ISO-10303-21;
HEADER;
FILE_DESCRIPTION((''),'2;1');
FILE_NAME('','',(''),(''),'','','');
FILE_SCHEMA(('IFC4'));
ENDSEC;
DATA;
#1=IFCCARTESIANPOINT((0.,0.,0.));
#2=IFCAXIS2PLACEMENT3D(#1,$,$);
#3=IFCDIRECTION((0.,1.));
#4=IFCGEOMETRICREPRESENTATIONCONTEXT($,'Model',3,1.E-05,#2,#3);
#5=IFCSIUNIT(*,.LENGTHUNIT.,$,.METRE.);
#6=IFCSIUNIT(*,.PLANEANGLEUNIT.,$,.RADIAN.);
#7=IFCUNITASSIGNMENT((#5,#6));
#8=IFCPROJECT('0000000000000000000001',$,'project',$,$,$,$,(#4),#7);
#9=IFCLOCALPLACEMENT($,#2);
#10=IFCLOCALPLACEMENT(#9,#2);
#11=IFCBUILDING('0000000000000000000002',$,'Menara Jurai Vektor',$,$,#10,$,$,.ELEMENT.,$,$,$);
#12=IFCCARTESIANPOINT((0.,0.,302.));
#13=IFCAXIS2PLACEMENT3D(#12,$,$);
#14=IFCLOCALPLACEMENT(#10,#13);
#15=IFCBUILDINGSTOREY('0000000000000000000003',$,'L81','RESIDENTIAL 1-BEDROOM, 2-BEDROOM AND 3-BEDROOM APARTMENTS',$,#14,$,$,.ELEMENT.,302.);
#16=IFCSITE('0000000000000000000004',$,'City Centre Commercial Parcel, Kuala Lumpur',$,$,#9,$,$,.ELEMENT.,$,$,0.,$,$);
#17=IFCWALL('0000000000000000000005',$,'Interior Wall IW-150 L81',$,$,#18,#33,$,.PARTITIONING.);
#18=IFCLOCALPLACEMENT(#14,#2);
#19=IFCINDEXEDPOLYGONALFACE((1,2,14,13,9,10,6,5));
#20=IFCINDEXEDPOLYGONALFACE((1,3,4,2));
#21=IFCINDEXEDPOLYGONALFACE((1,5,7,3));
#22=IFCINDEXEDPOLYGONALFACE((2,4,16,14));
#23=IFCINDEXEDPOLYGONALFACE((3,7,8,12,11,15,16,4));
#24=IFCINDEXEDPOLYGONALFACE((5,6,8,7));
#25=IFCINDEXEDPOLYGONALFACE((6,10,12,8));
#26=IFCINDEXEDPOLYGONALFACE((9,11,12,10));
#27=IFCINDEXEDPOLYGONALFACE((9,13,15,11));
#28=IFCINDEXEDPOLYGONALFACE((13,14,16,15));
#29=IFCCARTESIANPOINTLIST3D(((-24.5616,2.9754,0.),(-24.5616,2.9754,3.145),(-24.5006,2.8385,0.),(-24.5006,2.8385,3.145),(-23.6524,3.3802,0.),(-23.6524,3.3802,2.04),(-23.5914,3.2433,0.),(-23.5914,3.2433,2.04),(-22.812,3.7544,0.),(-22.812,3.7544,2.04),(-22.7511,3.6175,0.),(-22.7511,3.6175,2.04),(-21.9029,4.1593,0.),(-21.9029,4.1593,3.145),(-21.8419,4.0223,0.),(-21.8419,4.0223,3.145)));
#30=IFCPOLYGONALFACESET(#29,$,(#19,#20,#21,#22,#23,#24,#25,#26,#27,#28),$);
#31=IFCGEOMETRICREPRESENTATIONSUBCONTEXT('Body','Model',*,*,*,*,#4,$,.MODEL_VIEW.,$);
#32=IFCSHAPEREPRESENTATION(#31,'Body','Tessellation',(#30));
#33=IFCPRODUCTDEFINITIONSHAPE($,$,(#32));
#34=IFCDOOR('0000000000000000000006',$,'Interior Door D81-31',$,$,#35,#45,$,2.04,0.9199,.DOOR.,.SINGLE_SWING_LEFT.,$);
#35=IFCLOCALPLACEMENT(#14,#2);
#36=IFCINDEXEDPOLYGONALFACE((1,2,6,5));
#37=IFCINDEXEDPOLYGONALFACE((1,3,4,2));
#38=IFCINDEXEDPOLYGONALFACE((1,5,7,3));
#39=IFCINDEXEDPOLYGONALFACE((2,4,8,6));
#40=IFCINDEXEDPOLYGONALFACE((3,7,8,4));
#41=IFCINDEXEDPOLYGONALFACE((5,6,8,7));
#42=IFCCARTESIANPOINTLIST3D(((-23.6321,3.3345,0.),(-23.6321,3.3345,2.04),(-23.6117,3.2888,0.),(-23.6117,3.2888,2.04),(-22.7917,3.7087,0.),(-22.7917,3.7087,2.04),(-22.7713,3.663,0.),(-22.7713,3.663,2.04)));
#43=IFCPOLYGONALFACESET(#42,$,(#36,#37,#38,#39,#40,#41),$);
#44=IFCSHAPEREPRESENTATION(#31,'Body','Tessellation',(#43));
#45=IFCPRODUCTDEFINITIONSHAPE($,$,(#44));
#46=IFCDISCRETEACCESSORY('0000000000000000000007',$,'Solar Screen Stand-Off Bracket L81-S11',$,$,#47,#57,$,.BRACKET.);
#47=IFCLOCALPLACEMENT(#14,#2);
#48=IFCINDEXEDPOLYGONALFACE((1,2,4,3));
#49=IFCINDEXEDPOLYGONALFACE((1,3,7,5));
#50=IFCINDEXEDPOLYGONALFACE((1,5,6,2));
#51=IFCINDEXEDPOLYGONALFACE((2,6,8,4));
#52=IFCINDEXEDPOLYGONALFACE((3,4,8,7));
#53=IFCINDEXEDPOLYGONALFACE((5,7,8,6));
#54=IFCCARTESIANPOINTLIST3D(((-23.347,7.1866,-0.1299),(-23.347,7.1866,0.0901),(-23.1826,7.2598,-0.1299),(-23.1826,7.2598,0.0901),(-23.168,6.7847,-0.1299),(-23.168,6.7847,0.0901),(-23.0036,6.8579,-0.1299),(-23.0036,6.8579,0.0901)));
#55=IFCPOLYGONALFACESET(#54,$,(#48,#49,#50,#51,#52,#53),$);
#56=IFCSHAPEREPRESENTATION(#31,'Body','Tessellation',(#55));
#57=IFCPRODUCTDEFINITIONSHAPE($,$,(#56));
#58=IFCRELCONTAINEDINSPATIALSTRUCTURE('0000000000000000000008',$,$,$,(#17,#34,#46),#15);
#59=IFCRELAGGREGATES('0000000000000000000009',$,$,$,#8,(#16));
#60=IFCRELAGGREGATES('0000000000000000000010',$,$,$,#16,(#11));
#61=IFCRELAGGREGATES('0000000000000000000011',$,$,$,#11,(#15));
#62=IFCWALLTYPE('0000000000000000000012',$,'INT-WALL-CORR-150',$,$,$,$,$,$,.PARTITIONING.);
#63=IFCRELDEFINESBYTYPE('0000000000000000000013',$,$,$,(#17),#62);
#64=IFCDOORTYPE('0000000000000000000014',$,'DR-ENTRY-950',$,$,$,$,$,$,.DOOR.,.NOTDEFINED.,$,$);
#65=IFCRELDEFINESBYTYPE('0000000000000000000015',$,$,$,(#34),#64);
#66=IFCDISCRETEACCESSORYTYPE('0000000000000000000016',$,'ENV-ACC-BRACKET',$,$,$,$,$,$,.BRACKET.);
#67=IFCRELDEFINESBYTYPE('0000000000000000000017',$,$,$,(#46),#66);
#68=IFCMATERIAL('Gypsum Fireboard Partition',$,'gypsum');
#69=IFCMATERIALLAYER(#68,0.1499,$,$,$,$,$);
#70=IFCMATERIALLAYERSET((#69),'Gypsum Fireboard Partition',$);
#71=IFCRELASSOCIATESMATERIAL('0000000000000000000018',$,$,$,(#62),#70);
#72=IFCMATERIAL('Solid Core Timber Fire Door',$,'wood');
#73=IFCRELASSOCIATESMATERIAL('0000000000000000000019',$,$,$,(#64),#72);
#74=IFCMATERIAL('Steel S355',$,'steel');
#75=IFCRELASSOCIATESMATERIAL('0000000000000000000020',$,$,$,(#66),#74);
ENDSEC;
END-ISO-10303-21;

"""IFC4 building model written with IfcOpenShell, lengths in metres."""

from ifc_helpers import new_model, si_unit, direction, frame, frame_2d, origin, origin_2d, place, context, subcontext, project, spatial, rectangle, extrude, material, layer, layer_set, type_object, element, fill, save


model = new_model("IFC4")

# Units and contexts
model_context = context("Model", 3, precision=1e-05, world=origin(), true_north=direction((0.0, 1.0)))
body_context = subcontext(model_context, "Body", "Model", "MODEL_VIEW")
ifc_project = project(units=[si_unit("LENGTHUNIT", "METRE"), si_unit("PLANEANGLEUNIT", "RADIAN")], contexts=[model_context])

# Site, building, storey
site_placement = place(None, origin())
site = spatial("IfcSite", under=ifc_project, at=site_placement, Name="City Centre Commercial Parcel, Kuala Lumpur", CompositionType="ELEMENT", RefElevation=0.0)
building_placement = place(site_placement, origin())
building = spatial("IfcBuilding", under=site, at=building_placement, Name="Menara Jurai Vektor", CompositionType="ELEMENT")
storey_placement = place(building_placement, frame((0.0, 0.0, 302.0)))
storey = spatial("IfcBuildingStorey", under=building, at=storey_placement, Name="L81", Description="RESIDENTIAL 1-BEDROOM, 2-BEDROOM AND 3-BEDROOM APARTMENTS", CompositionType="ELEMENT", Elevation=302.0)

# Shared definitions
ifc_material_1 = material(Name="Steel S355", Category="steel")

# Wall, opening, door
ifc_material_2 = material(Name="Gypsum Fireboard Partition", Category="gypsum")
ifc_layer_1 = layer(ifc_material_2, 0.1499)
ifc_layer_set_1 = layer_set([ifc_layer_1], Name="Gypsum Fireboard Partition")
wall_type = type_object("IfcWallType", Name="INT-WALL-CORR-150", PredefinedType="PARTITIONING", material=ifc_layer_set_1)
ifc_material_3 = material(Name="Solid Core Timber Fire Door", Category="wood")
door_type = type_object("IfcDoorType", Name="DR-ENTRY-950", OperationType="NOTDEFINED", PredefinedType="DOOR", material=ifc_material_3)
wall_1_placement = place(storey_placement, frame((-24.531, 2.907, 0.0), z_axis=(0.0, 0.0, 1.0), x_axis=(0.913531, 0.406769, 0.0)))
wall_1 = element("IfcWall", 1, at=wall_1_placement, inside=storey, type_object=wall_type, Name="Interior Wall IW-150 L81", PredefinedType="PARTITIONING", context=body_context, shape_type="SweptSolid", body=[
    extrude(rectangle(XDim=2.9104, YDim=0.1499, at=frame_2d((1.4551, 0.0))), origin(), (0.0, 0.0, 1.0), 3.145),
])
opening_1_placement = place(wall_1_placement, frame((0.9951, 0.0, 0.0)))
opening_1 = element("IfcOpeningElement", 2, at=opening_1_placement, cuts=wall_1, PredefinedType="OPENING", context=body_context, shape_type="SweptSolid", body=[
    extrude(rectangle(XDim=0.9199, YDim=2.04, at=frame_2d((0.46, 1.02))), frame((0.0, 0.085, 0.0), z_axis=(0.0, -1.0, 0.0), x_axis=(1.0, 0.0, 0.0)), (0.0, 0.0, 1.0), 0.1699),
])
door_1_placement = place(opening_1_placement, origin())
door_1 = element("IfcDoor", 3, at=door_1_placement, inside=storey, type_object=door_type, Name="Interior Door D81-31", OperationType="SINGLE_SWING_LEFT", OverallHeight=2.04, OverallWidth=0.9199, PredefinedType="DOOR", context=body_context, shape_type="SweptSolid", body=[
    extrude(rectangle(XDim=0.9199, YDim=2.04, at=frame_2d((0.46, 1.02))), frame((0.0, 0.0249, 0.0), z_axis=(0.0, -1.0, 0.0), x_axis=(1.0, 0.0, 0.0)), (0.0, 0.0, 1.0), 0.05),
])
fill(opening_1, door_1)

# Discrete accessory
discrete_accessory_type = type_object("IfcDiscreteAccessoryType", Name="ENV-ACC-BRACKET", PredefinedType="BRACKET", material=ifc_material_1)
discrete_accessory_placement = place(storey_placement, frame((-23.1753, 7.0222, -0.1299), z_axis=(0.0, 0.0, 1.0), x_axis=(-0.913545, -0.406737, 0.0)))
element("IfcDiscreteAccessory", 4, at=discrete_accessory_placement, inside=storey, type_object=discrete_accessory_type, Name="Solar Screen Stand-Off Bracket L81-S11", PredefinedType="BRACKET", context=body_context, shape_type="SweptSolid", body=[
    extrude(rectangle(XDim=0.1799, YDim=0.4399, at=origin_2d()), origin(), (0.0, 0.0, 1.0), 0.22),
])

save(model, "model.ifc")
